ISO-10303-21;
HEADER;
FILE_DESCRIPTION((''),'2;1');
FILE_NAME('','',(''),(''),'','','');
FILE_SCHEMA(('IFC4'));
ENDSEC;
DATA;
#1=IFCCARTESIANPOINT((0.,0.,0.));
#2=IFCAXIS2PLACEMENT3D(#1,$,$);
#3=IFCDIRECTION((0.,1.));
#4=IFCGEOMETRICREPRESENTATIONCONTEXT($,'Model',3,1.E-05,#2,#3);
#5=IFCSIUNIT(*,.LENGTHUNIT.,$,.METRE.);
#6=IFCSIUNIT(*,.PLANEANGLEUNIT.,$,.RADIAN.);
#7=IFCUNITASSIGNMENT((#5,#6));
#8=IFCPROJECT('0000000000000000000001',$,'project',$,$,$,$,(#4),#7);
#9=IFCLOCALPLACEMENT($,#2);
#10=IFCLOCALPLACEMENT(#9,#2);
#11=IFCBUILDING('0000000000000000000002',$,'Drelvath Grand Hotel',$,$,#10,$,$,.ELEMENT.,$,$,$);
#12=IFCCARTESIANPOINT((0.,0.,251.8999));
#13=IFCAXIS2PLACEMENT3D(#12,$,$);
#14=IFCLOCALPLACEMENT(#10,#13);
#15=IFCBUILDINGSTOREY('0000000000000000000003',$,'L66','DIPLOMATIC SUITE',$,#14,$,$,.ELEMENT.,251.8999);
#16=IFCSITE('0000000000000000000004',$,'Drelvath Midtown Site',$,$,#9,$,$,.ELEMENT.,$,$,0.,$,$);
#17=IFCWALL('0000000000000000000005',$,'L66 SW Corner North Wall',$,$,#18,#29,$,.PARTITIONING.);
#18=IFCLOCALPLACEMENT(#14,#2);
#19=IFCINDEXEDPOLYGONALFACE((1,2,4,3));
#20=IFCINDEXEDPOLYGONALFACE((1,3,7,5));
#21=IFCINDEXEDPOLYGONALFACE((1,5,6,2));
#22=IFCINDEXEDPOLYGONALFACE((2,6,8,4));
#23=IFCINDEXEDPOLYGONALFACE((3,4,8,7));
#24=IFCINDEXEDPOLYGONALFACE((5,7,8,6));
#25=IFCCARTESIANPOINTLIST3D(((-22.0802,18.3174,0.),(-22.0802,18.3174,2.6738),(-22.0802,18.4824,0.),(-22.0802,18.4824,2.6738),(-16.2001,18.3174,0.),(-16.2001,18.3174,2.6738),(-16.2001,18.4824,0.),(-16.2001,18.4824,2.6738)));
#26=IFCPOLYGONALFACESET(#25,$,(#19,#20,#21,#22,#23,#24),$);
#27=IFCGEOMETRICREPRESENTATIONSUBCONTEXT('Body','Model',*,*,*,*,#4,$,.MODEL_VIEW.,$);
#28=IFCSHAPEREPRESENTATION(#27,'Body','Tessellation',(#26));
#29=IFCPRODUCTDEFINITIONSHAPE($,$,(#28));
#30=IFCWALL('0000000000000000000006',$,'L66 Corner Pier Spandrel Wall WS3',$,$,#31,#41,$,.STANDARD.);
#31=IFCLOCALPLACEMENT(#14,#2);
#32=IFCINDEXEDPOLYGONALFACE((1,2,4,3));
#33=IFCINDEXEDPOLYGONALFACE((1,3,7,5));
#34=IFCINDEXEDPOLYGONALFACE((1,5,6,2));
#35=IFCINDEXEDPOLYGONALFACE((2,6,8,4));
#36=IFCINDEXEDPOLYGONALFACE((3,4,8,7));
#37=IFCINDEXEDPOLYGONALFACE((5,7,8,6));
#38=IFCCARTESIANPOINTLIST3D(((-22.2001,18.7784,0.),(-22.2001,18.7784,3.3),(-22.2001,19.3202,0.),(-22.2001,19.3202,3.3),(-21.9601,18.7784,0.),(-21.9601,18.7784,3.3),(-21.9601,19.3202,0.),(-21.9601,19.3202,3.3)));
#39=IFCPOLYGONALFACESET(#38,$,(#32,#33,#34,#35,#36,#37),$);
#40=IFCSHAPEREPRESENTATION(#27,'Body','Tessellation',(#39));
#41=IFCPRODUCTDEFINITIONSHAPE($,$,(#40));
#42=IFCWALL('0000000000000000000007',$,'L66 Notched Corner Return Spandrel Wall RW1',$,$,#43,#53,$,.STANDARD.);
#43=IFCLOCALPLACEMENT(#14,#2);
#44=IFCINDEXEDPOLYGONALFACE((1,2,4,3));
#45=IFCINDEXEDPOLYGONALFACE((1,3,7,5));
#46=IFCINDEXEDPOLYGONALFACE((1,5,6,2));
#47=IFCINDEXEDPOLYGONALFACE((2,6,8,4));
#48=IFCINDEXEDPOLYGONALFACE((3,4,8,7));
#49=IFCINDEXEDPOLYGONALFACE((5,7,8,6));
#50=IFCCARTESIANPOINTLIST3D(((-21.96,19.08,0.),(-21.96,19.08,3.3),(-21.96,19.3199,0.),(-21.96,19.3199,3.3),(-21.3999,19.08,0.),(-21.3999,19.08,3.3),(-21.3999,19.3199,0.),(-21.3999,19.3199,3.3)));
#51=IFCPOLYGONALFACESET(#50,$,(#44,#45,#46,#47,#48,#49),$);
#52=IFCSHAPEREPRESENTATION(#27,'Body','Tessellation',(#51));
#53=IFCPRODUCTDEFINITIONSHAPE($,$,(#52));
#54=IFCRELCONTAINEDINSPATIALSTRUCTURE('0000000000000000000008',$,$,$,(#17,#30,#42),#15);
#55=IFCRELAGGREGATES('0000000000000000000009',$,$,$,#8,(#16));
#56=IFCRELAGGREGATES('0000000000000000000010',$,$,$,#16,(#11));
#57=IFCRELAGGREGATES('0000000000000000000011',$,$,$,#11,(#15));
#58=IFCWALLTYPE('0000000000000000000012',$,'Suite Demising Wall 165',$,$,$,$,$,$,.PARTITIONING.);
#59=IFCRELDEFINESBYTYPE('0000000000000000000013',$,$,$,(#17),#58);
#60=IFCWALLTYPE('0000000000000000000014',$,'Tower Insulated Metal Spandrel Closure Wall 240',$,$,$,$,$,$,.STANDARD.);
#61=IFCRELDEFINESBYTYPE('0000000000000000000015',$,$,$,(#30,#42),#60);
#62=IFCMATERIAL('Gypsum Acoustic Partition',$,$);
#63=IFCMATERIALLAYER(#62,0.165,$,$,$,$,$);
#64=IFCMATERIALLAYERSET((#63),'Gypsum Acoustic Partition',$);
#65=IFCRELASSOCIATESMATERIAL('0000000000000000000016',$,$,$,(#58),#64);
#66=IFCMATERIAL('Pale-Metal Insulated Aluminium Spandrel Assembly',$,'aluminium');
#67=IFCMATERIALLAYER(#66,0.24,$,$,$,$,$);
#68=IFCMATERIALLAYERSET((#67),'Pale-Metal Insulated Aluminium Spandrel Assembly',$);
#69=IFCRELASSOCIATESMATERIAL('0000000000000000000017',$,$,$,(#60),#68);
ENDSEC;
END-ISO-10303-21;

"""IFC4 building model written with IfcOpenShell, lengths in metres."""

from ifc_helpers import new_model, si_unit, direction, frame, frame_2d, origin, place, context, subcontext, project, spatial, rectangle, extrude, material, layer, layer_set, type_object, element, save


model = new_model("IFC4")

# Units and contexts
model_context = context("Model", 3, precision=1e-05, world=origin(), true_north=direction((0.0, 1.0)))
body_context = subcontext(model_context, "Body", "Model", "MODEL_VIEW")
ifc_project = project(units=[si_unit("LENGTHUNIT", "METRE"), si_unit("PLANEANGLEUNIT", "RADIAN")], contexts=[model_context])

# Site, building, storey
site_placement = place(None, origin())
site = spatial("IfcSite", under=ifc_project, at=site_placement, Name="Drelvath Midtown Site", CompositionType="ELEMENT", RefElevation=0.0)
building_placement = place(site_placement, origin())
building = spatial("IfcBuilding", under=site, at=building_placement, Name="Drelvath Grand Hotel", CompositionType="ELEMENT")
storey_placement = place(building_placement, frame((0.0, 0.0, 251.8999)))
storey = spatial("IfcBuildingStorey", under=building, at=storey_placement, Name="L66", Description="DIPLOMATIC SUITE", CompositionType="ELEMENT", Elevation=251.8999)

# Walls
ifc_material_1 = material(Name="Gypsum Acoustic Partition")
ifc_layer_1 = layer(ifc_material_1, 0.165)
ifc_layer_set_1 = layer_set([ifc_layer_1], Name="Gypsum Acoustic Partition")
wall_type_1 = type_object("IfcWallType", Name="Suite Demising Wall 165", PredefinedType="PARTITIONING", material=ifc_layer_set_1)
wall_1_placement = place(storey_placement, frame((-22.0801, 18.3999, 0.0), z_axis=(0.0, 0.0, 1.0), x_axis=(1.0, 0.0, 0.0)))
element("IfcWall", 1, at=wall_1_placement, inside=storey, type_object=wall_type_1, Name="L66 SW Corner North Wall", PredefinedType="PARTITIONING", context=body_context, shape_type="SweptSolid", body=[
    extrude(rectangle(XDim=5.8801, YDim=0.165, at=frame_2d((2.9399, 0.0))), origin(), (0.0, 0.0, 1.0), 2.6738),
])
ifc_material_2 = material(Name="Pale-Metal Insulated Aluminium Spandrel Assembly", Category="aluminium")
ifc_layer_2 = layer(ifc_material_2, 0.24)
ifc_layer_set_2 = layer_set([ifc_layer_2], Name="Pale-Metal Insulated Aluminium Spandrel Assembly")
wall_type_2 = type_object("IfcWallType", Name="Tower Insulated Metal Spandrel Closure Wall 240", PredefinedType="STANDARD", material=ifc_layer_set_2)
wall_2_placement = place(storey_placement, frame((-22.0801, 18.7783, 0.0), z_axis=(0.0, 0.0, 1.0), x_axis=(0.0, 1.0, 0.0)))
element("IfcWall", 2, at=wall_2_placement, inside=storey, type_object=wall_type_2, Name="L66 Corner Pier Spandrel Wall WS3", PredefinedType="STANDARD", context=body_context, shape_type="SweptSolid", body=[
    extrude(rectangle(XDim=0.5417, YDim=0.24, at=frame_2d((0.271, 0.0))), origin(), (0.0, 0.0, 1.0), 3.3),
])
wall_3_placement = place(storey_placement, frame((-21.96, 19.2, 0.0), z_axis=(0.0, 0.0, 1.0), x_axis=(1.0, 0.0, 0.0)))
element("IfcWall", 3, at=wall_3_placement, inside=storey, type_object=wall_type_2, Name="L66 Notched Corner Return Spandrel Wall RW1", PredefinedType="STANDARD", context=body_context, shape_type="SweptSolid", body=[
    extrude(rectangle(XDim=0.5601, YDim=0.24, at=frame_2d((0.28, 0.0))), origin(), (0.0, 0.0, 1.0), 3.3),
])

save(model, "model.ifc")
